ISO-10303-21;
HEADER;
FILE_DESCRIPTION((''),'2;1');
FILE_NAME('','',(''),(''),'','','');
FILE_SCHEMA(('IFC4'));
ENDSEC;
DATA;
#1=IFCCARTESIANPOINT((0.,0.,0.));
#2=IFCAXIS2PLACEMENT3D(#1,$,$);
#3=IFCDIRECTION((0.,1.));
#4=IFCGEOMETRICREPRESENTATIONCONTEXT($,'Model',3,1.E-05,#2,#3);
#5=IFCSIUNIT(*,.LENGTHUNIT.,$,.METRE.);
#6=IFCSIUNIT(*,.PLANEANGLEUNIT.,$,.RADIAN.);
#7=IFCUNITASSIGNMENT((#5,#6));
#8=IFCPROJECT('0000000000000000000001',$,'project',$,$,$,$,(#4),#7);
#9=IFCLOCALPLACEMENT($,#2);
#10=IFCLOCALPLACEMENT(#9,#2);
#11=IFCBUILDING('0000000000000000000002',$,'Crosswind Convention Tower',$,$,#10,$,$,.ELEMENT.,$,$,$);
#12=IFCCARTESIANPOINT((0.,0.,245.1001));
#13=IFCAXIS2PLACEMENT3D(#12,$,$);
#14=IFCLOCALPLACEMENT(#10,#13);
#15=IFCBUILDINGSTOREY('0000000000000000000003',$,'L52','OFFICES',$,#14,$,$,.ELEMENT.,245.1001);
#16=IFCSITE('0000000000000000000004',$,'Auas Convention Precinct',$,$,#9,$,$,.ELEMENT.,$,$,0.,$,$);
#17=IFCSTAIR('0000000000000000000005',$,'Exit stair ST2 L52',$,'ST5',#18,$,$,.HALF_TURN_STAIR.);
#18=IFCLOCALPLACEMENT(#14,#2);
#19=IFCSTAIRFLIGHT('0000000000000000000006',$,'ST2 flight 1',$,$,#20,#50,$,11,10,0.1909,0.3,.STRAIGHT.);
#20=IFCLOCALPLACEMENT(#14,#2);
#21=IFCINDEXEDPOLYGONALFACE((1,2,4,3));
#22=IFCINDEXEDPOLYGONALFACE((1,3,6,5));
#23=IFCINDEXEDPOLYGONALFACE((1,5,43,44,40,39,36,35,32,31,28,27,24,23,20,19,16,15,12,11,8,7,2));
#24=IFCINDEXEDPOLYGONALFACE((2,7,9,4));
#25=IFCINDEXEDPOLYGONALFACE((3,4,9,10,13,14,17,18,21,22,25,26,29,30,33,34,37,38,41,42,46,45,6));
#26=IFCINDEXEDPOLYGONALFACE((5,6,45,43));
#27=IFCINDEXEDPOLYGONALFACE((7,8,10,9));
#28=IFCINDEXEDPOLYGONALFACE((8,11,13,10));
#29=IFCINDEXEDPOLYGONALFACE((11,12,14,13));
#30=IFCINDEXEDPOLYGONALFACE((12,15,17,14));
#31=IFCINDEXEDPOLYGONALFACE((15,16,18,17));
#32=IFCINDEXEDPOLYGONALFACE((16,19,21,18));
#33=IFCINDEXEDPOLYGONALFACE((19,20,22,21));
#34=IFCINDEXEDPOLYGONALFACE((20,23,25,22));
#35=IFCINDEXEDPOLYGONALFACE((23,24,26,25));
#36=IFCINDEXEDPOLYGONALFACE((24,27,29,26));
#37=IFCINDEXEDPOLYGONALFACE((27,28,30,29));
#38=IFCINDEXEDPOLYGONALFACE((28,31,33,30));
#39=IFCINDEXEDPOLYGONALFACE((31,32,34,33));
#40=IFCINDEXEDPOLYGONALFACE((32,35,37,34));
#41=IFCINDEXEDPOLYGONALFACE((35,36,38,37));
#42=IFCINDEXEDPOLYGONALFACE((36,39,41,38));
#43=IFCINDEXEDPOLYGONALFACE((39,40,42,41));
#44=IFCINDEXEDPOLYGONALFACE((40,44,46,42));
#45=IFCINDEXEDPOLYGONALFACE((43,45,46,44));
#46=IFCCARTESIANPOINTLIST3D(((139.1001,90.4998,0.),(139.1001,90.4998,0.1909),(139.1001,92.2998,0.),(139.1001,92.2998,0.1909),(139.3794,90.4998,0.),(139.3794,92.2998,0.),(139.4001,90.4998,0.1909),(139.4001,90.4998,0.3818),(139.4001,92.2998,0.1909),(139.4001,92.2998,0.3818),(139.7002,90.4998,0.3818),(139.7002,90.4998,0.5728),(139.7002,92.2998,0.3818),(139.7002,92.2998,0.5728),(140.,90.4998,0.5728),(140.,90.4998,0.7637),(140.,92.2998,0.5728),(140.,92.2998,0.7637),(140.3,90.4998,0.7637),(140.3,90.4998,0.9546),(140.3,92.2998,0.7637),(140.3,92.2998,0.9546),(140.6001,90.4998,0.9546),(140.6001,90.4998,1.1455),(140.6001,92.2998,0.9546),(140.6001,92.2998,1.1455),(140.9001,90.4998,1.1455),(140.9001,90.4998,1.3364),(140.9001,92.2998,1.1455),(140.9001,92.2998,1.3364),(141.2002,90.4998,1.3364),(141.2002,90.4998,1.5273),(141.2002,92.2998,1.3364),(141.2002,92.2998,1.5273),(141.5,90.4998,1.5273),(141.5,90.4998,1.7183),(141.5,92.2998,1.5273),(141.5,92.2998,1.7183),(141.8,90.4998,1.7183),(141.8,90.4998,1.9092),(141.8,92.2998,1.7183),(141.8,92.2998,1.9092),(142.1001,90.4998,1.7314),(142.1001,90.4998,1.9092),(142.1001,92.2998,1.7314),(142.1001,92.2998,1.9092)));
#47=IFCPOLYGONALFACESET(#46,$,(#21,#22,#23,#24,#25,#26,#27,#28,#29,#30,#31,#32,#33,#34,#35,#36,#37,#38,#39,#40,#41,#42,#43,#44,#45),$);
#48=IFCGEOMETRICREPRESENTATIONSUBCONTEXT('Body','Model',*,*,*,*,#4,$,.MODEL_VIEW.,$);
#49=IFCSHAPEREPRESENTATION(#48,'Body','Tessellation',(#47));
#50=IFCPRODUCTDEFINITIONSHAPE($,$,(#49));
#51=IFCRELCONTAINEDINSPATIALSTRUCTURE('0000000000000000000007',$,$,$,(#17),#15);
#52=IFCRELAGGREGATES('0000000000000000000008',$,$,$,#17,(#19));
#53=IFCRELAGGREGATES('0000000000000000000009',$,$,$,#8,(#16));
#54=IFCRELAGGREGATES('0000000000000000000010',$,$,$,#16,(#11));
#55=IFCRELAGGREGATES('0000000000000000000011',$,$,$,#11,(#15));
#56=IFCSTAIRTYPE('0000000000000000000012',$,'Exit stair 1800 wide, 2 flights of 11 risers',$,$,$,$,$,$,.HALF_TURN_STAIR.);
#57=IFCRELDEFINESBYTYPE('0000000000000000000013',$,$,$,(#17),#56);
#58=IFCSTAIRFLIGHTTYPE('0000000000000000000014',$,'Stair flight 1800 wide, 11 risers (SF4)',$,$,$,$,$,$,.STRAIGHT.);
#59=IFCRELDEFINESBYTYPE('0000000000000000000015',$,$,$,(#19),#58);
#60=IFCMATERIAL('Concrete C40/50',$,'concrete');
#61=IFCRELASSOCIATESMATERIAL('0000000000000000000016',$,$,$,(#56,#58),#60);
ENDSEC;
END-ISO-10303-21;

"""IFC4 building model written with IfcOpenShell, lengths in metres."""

from ifc_helpers import new_model, si_unit, direction, frame, origin, place, context, subcontext, project, spatial, polyline, outline, extrude, material, type_object, element, aggregate, save


model = new_model("IFC4")

# Units and contexts
model_context = context("Model", 3, precision=1e-05, world=origin(), true_north=direction((0.0, 1.0)))
body_context = subcontext(model_context, "Body", "Model", "MODEL_VIEW")
ifc_project = project(units=[si_unit("LENGTHUNIT", "METRE"), si_unit("PLANEANGLEUNIT", "RADIAN")], contexts=[model_context])

# Site, building, storey
site_placement = place(None, origin())
site = spatial("IfcSite", under=ifc_project, at=site_placement, Name="Auas Convention Precinct", CompositionType="ELEMENT", RefElevation=0.0)
building_placement = place(site_placement, origin())
building = spatial("IfcBuilding", under=site, at=building_placement, Name="Crosswind Convention Tower", CompositionType="ELEMENT")
storey_placement = place(building_placement, frame((0.0, 0.0, 245.1001)))
storey = spatial("IfcBuildingStorey", under=building, at=storey_placement, Name="L52", Description="OFFICES", CompositionType="ELEMENT", Elevation=245.1001)

# Stair, stair flight
ifc_material_1 = material(Name="Concrete C40/50", Category="concrete")
stair_type = type_object("IfcStairType", Name="Exit stair 1800 wide, 2 flights of 11 risers", PredefinedType="HALF_TURN_STAIR", material=ifc_material_1)
stair_placement = place(storey_placement, origin())
stair = element("IfcStair", 1, at=stair_placement, inside=storey, type_object=stair_type, Name="Exit stair ST2 L52", ObjectType="ST5", PredefinedType="HALF_TURN_STAIR")
stair_flight_type = type_object("IfcStairFlightType", Name="Stair flight 1800 wide, 11 risers (SF4)", PredefinedType="STRAIGHT", material=ifc_material_1)
stair_flight_placement = place(storey_placement, frame((139.1001, 91.3999, 0.0), z_axis=(0.0, 0.0, 1.0), x_axis=(1.0, 0.0, 0.0)))
stair_flight = element("IfcStairFlight", 2, at=stair_flight_placement, type_object=stair_flight_type, Name="ST2 flight 1", NumberOfRisers=11, NumberOfTreads=10, PredefinedType="STRAIGHT", RiserHeight=0.1909, TreadLength=0.3, context=body_context, shape_type="SweptSolid", body=[
    extrude(outline(polyline([(0.0, 0.0), (0.0, 0.1909), (0.3, 0.1909), (0.3, 0.3818), (0.6001, 0.3818), (0.6001, 0.5728), (0.8999, 0.5728), (0.8999, 0.7637), (1.2, 0.7637), (1.2, 0.9546), (1.5, 0.9546), (1.5, 1.1455), (1.8, 1.1455), (1.8, 1.3364), (2.1001, 1.3364), (2.1001, 1.5273), (2.3999, 1.5273), (2.3999, 1.7183), (2.7, 1.7183), (2.7, 1.9092), (3.0, 1.9092), (3.0, 2.1001), (3.0, 1.7314), (0.2793, 0.0), (0.0, 0.0)])), frame((0.0, 0.8999, 0.0), z_axis=(0.0, -1.0, 0.0), x_axis=(1.0, 0.0, 0.0)), (0.0, 0.0, 1.0), 1.8),
])
aggregate(stair, [stair_flight])

save(model, "model.ifc")
